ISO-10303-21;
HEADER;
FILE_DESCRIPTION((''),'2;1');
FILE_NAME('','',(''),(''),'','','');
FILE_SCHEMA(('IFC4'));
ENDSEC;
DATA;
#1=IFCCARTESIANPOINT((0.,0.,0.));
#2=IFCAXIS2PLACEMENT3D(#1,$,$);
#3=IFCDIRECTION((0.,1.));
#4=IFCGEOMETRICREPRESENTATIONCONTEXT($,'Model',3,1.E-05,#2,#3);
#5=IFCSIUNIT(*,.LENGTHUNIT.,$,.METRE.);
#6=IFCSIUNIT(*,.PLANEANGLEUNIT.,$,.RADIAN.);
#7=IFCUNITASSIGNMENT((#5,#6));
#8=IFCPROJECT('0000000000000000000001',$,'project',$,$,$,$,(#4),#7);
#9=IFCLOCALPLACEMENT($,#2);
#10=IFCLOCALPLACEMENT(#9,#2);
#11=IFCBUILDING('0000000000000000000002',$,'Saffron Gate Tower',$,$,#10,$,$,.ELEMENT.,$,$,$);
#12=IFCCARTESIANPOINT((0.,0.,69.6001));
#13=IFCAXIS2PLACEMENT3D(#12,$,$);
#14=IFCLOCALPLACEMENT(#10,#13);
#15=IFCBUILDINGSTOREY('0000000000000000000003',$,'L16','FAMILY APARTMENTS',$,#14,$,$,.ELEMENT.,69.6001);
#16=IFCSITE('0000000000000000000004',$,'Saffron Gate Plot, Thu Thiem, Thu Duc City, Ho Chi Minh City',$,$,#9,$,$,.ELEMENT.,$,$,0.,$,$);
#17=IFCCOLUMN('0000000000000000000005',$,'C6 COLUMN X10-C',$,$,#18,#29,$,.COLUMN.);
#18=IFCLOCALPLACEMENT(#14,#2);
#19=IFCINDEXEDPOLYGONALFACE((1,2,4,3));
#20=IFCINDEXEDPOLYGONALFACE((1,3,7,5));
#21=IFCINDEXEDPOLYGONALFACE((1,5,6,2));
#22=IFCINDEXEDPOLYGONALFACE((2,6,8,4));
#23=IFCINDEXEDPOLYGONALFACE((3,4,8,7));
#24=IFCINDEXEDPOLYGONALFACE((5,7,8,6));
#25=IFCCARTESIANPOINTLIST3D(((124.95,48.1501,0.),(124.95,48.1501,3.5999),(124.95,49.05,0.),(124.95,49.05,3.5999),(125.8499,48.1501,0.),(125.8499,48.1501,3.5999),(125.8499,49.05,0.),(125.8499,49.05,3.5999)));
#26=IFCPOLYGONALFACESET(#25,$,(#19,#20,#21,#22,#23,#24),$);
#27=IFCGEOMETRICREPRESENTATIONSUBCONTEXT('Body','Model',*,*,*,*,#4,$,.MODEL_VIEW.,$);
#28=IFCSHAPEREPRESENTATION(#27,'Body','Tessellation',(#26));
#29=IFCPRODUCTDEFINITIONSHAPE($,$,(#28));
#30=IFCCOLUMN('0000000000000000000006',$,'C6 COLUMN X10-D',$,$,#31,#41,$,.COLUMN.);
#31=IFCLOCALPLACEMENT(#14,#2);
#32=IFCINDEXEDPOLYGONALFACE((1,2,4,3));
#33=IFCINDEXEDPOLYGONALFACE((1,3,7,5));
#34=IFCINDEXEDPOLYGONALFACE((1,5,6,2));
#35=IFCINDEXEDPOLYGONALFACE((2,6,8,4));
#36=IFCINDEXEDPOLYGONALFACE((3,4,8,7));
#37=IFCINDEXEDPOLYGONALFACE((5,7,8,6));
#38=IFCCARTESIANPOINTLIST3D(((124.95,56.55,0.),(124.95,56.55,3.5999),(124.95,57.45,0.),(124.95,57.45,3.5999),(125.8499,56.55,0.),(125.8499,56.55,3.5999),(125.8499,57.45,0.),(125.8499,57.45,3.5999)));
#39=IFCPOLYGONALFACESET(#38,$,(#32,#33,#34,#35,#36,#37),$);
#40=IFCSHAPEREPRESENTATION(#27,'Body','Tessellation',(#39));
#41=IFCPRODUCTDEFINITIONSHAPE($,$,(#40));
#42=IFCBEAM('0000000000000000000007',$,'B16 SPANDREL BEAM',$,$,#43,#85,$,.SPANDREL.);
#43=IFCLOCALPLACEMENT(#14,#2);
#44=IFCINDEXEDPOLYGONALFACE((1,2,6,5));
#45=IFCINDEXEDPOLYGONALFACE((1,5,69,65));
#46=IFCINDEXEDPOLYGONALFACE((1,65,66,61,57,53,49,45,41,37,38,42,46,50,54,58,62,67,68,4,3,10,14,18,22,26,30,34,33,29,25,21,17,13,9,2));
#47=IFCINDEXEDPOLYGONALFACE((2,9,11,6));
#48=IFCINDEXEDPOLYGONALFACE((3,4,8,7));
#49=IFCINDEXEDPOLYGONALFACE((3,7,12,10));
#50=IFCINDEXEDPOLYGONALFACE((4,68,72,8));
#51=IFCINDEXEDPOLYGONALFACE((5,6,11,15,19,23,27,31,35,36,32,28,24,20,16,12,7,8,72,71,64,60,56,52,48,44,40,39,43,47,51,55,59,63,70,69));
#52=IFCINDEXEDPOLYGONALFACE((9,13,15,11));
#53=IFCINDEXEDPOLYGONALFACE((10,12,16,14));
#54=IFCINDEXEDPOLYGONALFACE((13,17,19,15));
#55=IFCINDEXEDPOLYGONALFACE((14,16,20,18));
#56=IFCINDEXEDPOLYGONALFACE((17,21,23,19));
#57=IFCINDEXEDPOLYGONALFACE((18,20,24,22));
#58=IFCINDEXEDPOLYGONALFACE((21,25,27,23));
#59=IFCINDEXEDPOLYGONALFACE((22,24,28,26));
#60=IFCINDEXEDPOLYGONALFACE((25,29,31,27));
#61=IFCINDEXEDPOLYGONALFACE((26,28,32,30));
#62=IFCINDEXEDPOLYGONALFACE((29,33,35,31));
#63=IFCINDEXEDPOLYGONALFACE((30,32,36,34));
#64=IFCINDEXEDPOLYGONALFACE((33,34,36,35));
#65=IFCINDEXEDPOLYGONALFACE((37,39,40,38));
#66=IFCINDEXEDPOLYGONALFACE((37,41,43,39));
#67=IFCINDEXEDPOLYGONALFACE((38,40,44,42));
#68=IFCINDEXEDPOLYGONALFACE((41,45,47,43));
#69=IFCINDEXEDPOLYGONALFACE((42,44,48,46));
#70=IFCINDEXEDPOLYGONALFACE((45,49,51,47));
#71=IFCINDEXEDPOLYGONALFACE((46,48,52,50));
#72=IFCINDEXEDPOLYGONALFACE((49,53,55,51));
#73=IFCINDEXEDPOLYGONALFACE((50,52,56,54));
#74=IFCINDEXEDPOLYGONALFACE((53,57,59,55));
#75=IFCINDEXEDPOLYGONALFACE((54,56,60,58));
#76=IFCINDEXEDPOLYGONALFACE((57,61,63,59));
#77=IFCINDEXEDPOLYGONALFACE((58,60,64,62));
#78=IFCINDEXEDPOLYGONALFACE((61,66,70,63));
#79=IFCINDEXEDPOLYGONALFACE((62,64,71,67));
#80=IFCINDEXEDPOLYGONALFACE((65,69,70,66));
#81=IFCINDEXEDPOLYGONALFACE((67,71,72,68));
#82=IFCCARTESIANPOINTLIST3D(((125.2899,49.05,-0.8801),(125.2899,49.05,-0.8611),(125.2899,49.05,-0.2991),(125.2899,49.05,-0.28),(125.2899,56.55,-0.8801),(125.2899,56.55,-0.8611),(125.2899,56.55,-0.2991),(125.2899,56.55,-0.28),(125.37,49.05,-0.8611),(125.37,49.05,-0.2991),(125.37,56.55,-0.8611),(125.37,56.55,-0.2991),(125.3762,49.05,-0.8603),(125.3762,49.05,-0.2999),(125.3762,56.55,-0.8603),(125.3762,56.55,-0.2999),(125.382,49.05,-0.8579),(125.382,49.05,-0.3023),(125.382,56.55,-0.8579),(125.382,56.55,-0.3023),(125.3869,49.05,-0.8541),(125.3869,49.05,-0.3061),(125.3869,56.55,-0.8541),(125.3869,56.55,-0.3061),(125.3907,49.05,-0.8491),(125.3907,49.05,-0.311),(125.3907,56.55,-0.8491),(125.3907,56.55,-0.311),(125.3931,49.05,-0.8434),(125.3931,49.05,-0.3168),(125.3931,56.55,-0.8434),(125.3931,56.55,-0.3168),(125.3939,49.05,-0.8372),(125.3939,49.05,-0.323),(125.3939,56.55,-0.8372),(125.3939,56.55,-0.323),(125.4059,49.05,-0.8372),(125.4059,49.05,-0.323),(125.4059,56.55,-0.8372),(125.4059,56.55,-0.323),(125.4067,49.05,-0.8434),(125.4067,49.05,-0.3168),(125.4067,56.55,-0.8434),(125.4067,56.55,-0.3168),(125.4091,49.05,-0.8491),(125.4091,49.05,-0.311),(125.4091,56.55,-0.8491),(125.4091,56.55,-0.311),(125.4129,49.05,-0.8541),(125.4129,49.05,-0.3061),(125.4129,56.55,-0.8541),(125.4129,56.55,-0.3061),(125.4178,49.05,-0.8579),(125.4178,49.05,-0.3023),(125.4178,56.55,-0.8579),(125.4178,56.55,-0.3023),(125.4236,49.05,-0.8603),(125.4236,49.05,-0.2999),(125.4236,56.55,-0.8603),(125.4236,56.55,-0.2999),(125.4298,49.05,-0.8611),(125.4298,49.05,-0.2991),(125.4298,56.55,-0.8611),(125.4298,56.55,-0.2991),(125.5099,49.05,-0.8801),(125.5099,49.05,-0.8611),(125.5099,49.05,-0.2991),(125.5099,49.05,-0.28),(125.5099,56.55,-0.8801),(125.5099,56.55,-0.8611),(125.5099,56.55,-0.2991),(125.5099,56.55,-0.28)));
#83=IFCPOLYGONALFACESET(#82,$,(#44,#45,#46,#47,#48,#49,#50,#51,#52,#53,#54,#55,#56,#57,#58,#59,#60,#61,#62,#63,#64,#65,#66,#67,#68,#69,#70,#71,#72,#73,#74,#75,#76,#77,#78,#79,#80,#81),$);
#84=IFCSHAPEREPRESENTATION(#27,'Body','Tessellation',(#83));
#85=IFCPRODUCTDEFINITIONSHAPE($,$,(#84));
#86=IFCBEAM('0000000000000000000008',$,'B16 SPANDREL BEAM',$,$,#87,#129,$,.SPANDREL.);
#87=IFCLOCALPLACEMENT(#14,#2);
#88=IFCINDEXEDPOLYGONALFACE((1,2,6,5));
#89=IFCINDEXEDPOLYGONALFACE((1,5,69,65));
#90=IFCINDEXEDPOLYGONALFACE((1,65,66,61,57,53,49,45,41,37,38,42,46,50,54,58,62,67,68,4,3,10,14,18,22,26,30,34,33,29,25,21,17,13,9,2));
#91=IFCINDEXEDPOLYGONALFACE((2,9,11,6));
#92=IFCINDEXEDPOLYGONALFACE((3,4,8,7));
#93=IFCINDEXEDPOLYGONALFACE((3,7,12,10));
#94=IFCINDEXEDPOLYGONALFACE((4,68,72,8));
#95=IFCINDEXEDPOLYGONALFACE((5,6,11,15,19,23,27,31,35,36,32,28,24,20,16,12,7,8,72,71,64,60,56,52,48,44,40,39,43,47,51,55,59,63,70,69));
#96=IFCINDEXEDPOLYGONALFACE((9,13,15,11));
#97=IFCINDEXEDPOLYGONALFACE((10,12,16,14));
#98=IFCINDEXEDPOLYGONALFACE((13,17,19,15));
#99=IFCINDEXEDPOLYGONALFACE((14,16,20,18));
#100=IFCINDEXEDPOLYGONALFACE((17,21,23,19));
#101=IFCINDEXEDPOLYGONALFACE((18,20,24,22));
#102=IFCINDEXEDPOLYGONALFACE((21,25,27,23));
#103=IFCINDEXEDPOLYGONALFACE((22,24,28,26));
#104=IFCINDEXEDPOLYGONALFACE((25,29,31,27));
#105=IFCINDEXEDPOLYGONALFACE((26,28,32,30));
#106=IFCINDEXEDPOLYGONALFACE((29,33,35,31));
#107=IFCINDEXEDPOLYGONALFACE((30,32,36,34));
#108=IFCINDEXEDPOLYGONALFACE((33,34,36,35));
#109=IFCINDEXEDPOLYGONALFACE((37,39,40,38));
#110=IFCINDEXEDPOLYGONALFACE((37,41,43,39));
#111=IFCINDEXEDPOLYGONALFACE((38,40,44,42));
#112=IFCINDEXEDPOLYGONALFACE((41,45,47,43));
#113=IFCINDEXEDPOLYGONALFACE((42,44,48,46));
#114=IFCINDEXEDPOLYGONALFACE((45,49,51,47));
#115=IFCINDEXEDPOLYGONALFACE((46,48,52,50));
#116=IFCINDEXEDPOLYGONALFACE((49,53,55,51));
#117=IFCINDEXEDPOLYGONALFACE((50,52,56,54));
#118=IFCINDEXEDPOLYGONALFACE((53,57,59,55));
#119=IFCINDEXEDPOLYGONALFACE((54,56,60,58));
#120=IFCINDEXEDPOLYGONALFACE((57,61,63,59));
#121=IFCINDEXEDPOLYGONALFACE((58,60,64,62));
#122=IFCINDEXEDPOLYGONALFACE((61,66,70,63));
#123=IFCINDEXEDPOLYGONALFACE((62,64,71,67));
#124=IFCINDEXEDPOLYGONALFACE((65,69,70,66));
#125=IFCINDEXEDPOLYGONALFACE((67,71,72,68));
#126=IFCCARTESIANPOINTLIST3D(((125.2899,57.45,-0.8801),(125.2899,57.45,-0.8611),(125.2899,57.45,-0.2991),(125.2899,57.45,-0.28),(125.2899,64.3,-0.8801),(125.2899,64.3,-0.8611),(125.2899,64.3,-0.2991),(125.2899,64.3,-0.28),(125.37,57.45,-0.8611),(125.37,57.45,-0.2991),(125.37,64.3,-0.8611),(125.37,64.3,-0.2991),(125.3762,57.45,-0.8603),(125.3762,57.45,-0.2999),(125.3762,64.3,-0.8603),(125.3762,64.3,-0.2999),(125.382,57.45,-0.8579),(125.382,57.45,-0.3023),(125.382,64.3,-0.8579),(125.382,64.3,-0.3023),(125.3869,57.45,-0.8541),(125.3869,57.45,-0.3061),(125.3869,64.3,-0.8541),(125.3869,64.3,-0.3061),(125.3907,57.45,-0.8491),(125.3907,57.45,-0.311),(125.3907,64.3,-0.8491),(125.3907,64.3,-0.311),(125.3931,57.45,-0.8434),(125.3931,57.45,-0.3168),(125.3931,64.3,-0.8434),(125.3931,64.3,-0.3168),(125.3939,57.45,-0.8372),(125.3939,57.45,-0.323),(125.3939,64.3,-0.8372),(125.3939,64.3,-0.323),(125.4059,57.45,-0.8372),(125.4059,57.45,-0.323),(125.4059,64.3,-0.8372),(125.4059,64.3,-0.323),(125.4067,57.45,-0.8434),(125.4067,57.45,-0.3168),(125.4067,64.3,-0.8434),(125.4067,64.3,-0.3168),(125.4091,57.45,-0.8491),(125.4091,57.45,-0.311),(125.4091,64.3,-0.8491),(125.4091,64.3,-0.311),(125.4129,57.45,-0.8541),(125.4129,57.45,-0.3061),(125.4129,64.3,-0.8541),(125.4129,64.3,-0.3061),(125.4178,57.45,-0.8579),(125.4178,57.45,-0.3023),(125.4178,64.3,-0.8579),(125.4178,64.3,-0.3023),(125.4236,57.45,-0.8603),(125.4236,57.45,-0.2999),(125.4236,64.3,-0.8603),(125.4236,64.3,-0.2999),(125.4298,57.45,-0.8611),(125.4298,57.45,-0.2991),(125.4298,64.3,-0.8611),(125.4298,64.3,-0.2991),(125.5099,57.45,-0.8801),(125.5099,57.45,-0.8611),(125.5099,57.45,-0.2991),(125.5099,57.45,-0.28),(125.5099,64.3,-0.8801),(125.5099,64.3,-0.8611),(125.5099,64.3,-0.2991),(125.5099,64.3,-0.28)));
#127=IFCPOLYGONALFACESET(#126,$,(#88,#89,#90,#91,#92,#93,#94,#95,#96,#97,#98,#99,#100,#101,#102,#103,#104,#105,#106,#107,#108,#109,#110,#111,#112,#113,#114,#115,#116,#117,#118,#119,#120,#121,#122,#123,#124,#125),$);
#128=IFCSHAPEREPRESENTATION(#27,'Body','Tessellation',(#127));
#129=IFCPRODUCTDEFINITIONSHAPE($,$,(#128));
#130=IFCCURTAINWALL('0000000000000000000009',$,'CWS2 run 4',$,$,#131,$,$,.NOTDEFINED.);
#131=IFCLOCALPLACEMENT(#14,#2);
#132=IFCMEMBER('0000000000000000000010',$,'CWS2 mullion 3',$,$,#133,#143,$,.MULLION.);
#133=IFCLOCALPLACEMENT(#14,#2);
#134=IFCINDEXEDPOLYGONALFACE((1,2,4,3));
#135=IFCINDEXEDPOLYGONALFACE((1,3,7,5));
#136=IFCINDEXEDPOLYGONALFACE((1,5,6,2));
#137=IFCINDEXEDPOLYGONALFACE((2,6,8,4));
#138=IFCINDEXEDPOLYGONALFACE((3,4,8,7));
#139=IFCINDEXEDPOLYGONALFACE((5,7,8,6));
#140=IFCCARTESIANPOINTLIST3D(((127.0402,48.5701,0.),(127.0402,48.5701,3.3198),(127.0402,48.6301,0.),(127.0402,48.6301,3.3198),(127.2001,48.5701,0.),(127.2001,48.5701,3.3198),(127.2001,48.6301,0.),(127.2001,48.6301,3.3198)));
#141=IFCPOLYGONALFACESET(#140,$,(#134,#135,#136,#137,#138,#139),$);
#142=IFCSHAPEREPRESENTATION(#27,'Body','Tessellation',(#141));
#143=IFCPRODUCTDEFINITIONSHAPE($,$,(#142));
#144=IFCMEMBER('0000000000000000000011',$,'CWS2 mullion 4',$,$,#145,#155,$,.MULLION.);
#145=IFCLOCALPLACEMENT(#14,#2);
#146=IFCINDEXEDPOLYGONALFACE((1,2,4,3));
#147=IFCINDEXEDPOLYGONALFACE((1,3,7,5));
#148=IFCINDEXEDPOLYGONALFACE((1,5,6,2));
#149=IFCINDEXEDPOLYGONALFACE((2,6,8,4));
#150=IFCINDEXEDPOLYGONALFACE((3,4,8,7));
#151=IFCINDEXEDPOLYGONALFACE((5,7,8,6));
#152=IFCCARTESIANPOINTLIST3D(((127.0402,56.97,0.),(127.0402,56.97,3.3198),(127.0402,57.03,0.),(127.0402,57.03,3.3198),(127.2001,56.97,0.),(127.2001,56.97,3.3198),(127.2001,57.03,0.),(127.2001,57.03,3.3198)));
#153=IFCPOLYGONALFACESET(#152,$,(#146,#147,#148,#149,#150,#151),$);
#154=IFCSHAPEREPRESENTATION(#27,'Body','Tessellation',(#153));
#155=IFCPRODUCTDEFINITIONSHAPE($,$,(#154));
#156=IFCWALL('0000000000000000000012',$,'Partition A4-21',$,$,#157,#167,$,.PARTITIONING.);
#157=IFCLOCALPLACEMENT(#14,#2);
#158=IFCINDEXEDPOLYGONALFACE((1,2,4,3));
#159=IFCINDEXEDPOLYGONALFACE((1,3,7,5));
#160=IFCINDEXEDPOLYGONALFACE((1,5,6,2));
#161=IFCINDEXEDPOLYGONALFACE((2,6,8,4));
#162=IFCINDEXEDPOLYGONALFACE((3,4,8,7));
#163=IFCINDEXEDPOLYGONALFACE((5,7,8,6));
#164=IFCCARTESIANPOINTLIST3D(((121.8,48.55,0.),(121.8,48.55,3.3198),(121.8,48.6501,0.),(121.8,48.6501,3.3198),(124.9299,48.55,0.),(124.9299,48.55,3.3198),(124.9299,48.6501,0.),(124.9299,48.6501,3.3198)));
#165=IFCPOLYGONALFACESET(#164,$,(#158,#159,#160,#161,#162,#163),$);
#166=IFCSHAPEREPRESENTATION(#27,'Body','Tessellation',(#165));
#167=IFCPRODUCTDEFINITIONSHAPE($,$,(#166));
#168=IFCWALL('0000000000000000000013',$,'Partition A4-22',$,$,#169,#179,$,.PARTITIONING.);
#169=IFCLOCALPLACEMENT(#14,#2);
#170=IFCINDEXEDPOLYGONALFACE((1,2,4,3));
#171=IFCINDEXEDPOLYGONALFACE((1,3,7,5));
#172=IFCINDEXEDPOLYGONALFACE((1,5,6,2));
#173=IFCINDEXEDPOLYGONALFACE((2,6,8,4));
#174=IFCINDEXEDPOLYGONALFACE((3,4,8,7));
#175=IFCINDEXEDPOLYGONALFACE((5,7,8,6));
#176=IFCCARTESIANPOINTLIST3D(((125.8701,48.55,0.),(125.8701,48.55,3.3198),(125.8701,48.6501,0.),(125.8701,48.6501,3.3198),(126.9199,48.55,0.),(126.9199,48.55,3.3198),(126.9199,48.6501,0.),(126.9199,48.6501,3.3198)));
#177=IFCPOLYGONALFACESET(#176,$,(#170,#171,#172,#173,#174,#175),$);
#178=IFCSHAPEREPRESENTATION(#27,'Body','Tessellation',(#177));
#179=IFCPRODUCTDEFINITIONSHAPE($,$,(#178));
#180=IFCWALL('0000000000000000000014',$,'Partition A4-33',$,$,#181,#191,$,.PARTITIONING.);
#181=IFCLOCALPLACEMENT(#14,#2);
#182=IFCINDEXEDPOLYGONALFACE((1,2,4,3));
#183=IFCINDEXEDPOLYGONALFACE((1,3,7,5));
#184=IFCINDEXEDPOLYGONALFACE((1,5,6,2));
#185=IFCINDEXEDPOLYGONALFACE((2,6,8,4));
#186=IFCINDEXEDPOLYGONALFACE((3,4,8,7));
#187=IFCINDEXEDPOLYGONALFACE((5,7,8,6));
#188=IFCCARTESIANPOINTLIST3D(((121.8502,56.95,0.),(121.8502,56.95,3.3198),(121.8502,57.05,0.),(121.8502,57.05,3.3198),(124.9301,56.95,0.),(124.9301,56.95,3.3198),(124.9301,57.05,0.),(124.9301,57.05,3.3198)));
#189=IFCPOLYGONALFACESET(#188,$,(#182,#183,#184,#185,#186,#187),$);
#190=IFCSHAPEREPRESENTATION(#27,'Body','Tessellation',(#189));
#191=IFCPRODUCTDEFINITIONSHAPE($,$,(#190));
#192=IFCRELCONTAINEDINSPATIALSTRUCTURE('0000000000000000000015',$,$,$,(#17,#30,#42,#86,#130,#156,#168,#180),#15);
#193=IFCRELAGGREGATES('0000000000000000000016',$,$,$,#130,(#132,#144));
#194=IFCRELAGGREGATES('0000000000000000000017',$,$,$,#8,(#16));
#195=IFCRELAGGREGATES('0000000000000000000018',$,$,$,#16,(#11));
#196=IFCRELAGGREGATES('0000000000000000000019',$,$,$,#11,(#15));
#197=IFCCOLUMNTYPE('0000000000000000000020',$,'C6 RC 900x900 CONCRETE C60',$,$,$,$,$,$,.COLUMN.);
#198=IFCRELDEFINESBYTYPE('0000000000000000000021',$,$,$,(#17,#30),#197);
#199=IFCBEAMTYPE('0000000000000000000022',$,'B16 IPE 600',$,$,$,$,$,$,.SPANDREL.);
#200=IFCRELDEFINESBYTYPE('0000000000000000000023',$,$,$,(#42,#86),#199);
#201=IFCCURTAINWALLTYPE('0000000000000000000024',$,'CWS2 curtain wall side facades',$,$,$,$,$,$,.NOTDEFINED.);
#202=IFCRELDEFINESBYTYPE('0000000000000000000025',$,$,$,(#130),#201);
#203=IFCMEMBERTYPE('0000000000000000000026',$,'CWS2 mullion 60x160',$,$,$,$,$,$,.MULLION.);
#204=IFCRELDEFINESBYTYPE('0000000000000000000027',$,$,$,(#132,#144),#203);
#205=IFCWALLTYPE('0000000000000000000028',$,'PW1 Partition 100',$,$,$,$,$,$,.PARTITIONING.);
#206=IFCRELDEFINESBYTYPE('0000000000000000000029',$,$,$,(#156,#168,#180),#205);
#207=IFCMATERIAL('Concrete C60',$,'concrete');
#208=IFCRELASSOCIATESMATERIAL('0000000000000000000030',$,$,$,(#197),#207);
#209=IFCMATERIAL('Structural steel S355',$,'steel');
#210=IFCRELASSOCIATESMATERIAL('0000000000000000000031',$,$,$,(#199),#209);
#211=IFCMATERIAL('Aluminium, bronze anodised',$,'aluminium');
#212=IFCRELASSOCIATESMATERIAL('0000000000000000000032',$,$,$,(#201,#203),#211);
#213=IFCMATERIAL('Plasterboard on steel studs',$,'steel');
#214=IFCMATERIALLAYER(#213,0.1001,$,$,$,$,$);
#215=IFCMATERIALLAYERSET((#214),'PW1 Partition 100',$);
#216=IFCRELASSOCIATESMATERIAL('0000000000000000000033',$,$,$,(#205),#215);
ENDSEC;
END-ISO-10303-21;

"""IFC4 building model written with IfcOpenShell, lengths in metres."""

from ifc_helpers import new_model, si_unit, direction, frame, frame_2d, origin, origin_2d, place, context, subcontext, project, spatial, rectangle, i_section, extrude, material, layer, layer_set, material_profile, profile_set, type_object, element, aggregate, save


model = new_model("IFC4")

# Units and contexts
model_context = context("Model", 3, precision=1e-05, world=origin(), true_north=direction((0.0, 1.0)))
body_context = subcontext(model_context, "Body", "Model", "MODEL_VIEW")
ifc_project = project(units=[si_unit("LENGTHUNIT", "METRE"), si_unit("PLANEANGLEUNIT", "RADIAN")], contexts=[model_context])

# Site, building, storey
site_placement = place(None, origin())
site = spatial("IfcSite", under=ifc_project, at=site_placement, Name="Saffron Gate Plot, Thu Thiem, Thu Duc City, Ho Chi Minh City", CompositionType="ELEMENT", RefElevation=0.0)
building_placement = place(site_placement, origin())
building = spatial("IfcBuilding", under=site, at=building_placement, Name="Saffron Gate Tower", CompositionType="ELEMENT")
storey_placement = place(building_placement, frame((0.0, 0.0, 69.6001)))
storey = spatial("IfcBuildingStorey", under=building, at=storey_placement, Name="L16", Description="FAMILY APARTMENTS", CompositionType="ELEMENT", Elevation=69.6001)

# Columns
ifc_material_1 = material(Name="Concrete C60", Category="concrete")
ifc_material_profile_1 = material_profile(ifc_material_1, rectangle(XDim=0.8999, YDim=0.8999, at=origin_2d()))
ifc_profile_set_1 = profile_set([ifc_material_profile_1], Name="Concrete C60")
column_type = type_object("IfcColumnType", Name="C6 RC 900x900 CONCRETE C60", PredefinedType="COLUMN", material=ifc_profile_set_1)
for number, where, z_axis, x_axis, name in (
    (1, (125.3999, 48.6001, 0.0), (0.0, 0.0, 1.0), (1.0, 0.0, 0.0), "C6 COLUMN X10-C"),
    (2, (125.3999, 57.0, 0.0), (0.0, 0.0, 1.0), (1.0, 0.0, 0.0), "C6 COLUMN X10-D"),
):
    element("IfcColumn", number, at=place(storey_placement, frame(where, z_axis=z_axis, x_axis=x_axis)), inside=storey, type_object=column_type, Name=name, PredefinedType="COLUMN", context=body_context, shape_type="SweptSolid", body=[
        extrude(rectangle(XDim=0.8999, YDim=0.8999, at=origin_2d()), origin(), (0.0, 0.0, 1.0), 3.5999),
    ])

# Beams
ifc_material_2 = material(Name="Structural steel S355", Category="steel")
ifc_material_profile_2 = material_profile(ifc_material_2, i_section(OverallWidth=0.22, OverallDepth=0.6001, WebThickness=0.012, FlangeThickness=0.019, FilletRadius=0.0239, at=origin_2d()))
ifc_profile_set_2 = profile_set([ifc_material_profile_2], Name="Structural steel S355")
beam_type = type_object("IfcBeamType", Name="B16 IPE 600", PredefinedType="SPANDREL", material=ifc_profile_set_2)
beam_1_placement = place(storey_placement, frame((125.3999, 49.05, -0.5801), z_axis=(0.0, 1.0, 0.0), x_axis=(-1.0, 0.0, 0.0)))
element("IfcBeam", 3, at=beam_1_placement, inside=storey, type_object=beam_type, Name="B16 SPANDREL BEAM", PredefinedType="SPANDREL", context=body_context, shape_type="SweptSolid", body=[
    extrude(i_section(OverallWidth=0.22, OverallDepth=0.6001, WebThickness=0.012, FlangeThickness=0.019, FilletRadius=0.0239, at=origin_2d()), origin(), (0.0, 0.0, 1.0), 7.5),
])
beam_2_placement = place(storey_placement, frame((125.3999, 57.45, -0.5801), z_axis=(0.0, 1.0, 0.0), x_axis=(-1.0, 0.0, 0.0)))
element("IfcBeam", 4, at=beam_2_placement, inside=storey, type_object=beam_type, Name="B16 SPANDREL BEAM", PredefinedType="SPANDREL", context=body_context, shape_type="SweptSolid", body=[
    extrude(i_section(OverallWidth=0.22, OverallDepth=0.6001, WebThickness=0.012, FlangeThickness=0.019, FilletRadius=0.0239, at=origin_2d()), origin(), (0.0, 0.0, 1.0), 6.8501),
])

# Curtain wall, members
ifc_material_3 = material(Name="Aluminium, bronze anodised", Category="aluminium")
curtain_wall_type = type_object("IfcCurtainWallType", Name="CWS2 curtain wall side facades", PredefinedType="NOTDEFINED", material=ifc_material_3)
curtain_wall_placement = place(storey_placement, origin())
curtain_wall = element("IfcCurtainWall", 5, at=curtain_wall_placement, inside=storey, type_object=curtain_wall_type, Name="CWS2 run 4", PredefinedType="NOTDEFINED")
ifc_material_profile_3 = material_profile(ifc_material_3, rectangle(XDim=0.1599, YDim=0.0601, at=origin_2d()))
ifc_profile_set_3 = profile_set([ifc_material_profile_3], Name="Aluminium, bronze anodised")
member_type = type_object("IfcMemberType", Name="CWS2 mullion 60x160", PredefinedType="MULLION", material=ifc_profile_set_3)
member_1_placement = place(storey_placement, frame((127.1201, 48.6001, 0.0), z_axis=(0.0, 0.0, 1.0), x_axis=(-1.0, 0.0, 0.0)))
member_1 = element("IfcMember", 6, at=member_1_placement, type_object=member_type, Name="CWS2 mullion 3", PredefinedType="MULLION", context=body_context, shape_type="SweptSolid", body=[
    extrude(rectangle(XDim=0.1599, YDim=0.0601, at=origin_2d()), origin(), (0.0, 0.0, 1.0), 3.3198),
])
member_2_placement = place(storey_placement, frame((127.1201, 57.0, 0.0), z_axis=(0.0, 0.0, 1.0), x_axis=(-1.0, 0.0, 0.0)))
member_2 = element("IfcMember", 7, at=member_2_placement, type_object=member_type, Name="CWS2 mullion 4", PredefinedType="MULLION", context=body_context, shape_type="SweptSolid", body=[
    extrude(rectangle(XDim=0.1599, YDim=0.0601, at=origin_2d()), origin(), (0.0, 0.0, 1.0), 3.3198),
])
aggregate(curtain_wall, [member_1, member_2])

# Walls
ifc_material_4 = material(Name="Plasterboard on steel studs", Category="steel")
ifc_layer = layer(ifc_material_4, 0.1001)
ifc_layer_set = layer_set([ifc_layer], Name="PW1 Partition 100")
wall_type = type_object("IfcWallType", Name="PW1 Partition 100", PredefinedType="PARTITIONING", material=ifc_layer_set)
wall_1_placement = place(storey_placement, frame((121.8, 48.6001, 0.0), z_axis=(0.0, 0.0, 1.0), x_axis=(1.0, 0.0, 0.0)))
element("IfcWall", 8, at=wall_1_placement, inside=storey, type_object=wall_type, Name="Partition A4-21", PredefinedType="PARTITIONING", context=body_context, shape_type="SweptSolid", body=[
    extrude(rectangle(XDim=3.1299, YDim=0.1001, at=frame_2d((1.5649, 0.0))), origin(), (0.0, 0.0, 1.0), 3.3198),
])
wall_2_placement = place(storey_placement, frame((125.8701, 48.6001, 0.0), z_axis=(0.0, 0.0, 1.0), x_axis=(1.0, 0.0, 0.0)))
element("IfcWall", 9, at=wall_2_placement, inside=storey, type_object=wall_type, Name="Partition A4-22", PredefinedType="PARTITIONING", context=body_context, shape_type="SweptSolid", body=[
    extrude(rectangle(XDim=1.0498, YDim=0.1001, at=frame_2d((0.5249, 0.0))), origin(), (0.0, 0.0, 1.0), 3.3198),
])
wall_3_placement = place(storey_placement, frame((121.8501, 57.0, 0.0), z_axis=(0.0, 0.0, 1.0), x_axis=(1.0, 0.0, 0.0)))
element("IfcWall", 10, at=wall_3_placement, inside=storey, type_object=wall_type, Name="Partition A4-33", PredefinedType="PARTITIONING", context=body_context, shape_type="SweptSolid", body=[
    extrude(rectangle(XDim=3.0798, YDim=0.1001, at=frame_2d((1.54, 0.0))), origin(), (0.0, 0.0, 1.0), 3.3198),
])

save(model, "model.ifc")
